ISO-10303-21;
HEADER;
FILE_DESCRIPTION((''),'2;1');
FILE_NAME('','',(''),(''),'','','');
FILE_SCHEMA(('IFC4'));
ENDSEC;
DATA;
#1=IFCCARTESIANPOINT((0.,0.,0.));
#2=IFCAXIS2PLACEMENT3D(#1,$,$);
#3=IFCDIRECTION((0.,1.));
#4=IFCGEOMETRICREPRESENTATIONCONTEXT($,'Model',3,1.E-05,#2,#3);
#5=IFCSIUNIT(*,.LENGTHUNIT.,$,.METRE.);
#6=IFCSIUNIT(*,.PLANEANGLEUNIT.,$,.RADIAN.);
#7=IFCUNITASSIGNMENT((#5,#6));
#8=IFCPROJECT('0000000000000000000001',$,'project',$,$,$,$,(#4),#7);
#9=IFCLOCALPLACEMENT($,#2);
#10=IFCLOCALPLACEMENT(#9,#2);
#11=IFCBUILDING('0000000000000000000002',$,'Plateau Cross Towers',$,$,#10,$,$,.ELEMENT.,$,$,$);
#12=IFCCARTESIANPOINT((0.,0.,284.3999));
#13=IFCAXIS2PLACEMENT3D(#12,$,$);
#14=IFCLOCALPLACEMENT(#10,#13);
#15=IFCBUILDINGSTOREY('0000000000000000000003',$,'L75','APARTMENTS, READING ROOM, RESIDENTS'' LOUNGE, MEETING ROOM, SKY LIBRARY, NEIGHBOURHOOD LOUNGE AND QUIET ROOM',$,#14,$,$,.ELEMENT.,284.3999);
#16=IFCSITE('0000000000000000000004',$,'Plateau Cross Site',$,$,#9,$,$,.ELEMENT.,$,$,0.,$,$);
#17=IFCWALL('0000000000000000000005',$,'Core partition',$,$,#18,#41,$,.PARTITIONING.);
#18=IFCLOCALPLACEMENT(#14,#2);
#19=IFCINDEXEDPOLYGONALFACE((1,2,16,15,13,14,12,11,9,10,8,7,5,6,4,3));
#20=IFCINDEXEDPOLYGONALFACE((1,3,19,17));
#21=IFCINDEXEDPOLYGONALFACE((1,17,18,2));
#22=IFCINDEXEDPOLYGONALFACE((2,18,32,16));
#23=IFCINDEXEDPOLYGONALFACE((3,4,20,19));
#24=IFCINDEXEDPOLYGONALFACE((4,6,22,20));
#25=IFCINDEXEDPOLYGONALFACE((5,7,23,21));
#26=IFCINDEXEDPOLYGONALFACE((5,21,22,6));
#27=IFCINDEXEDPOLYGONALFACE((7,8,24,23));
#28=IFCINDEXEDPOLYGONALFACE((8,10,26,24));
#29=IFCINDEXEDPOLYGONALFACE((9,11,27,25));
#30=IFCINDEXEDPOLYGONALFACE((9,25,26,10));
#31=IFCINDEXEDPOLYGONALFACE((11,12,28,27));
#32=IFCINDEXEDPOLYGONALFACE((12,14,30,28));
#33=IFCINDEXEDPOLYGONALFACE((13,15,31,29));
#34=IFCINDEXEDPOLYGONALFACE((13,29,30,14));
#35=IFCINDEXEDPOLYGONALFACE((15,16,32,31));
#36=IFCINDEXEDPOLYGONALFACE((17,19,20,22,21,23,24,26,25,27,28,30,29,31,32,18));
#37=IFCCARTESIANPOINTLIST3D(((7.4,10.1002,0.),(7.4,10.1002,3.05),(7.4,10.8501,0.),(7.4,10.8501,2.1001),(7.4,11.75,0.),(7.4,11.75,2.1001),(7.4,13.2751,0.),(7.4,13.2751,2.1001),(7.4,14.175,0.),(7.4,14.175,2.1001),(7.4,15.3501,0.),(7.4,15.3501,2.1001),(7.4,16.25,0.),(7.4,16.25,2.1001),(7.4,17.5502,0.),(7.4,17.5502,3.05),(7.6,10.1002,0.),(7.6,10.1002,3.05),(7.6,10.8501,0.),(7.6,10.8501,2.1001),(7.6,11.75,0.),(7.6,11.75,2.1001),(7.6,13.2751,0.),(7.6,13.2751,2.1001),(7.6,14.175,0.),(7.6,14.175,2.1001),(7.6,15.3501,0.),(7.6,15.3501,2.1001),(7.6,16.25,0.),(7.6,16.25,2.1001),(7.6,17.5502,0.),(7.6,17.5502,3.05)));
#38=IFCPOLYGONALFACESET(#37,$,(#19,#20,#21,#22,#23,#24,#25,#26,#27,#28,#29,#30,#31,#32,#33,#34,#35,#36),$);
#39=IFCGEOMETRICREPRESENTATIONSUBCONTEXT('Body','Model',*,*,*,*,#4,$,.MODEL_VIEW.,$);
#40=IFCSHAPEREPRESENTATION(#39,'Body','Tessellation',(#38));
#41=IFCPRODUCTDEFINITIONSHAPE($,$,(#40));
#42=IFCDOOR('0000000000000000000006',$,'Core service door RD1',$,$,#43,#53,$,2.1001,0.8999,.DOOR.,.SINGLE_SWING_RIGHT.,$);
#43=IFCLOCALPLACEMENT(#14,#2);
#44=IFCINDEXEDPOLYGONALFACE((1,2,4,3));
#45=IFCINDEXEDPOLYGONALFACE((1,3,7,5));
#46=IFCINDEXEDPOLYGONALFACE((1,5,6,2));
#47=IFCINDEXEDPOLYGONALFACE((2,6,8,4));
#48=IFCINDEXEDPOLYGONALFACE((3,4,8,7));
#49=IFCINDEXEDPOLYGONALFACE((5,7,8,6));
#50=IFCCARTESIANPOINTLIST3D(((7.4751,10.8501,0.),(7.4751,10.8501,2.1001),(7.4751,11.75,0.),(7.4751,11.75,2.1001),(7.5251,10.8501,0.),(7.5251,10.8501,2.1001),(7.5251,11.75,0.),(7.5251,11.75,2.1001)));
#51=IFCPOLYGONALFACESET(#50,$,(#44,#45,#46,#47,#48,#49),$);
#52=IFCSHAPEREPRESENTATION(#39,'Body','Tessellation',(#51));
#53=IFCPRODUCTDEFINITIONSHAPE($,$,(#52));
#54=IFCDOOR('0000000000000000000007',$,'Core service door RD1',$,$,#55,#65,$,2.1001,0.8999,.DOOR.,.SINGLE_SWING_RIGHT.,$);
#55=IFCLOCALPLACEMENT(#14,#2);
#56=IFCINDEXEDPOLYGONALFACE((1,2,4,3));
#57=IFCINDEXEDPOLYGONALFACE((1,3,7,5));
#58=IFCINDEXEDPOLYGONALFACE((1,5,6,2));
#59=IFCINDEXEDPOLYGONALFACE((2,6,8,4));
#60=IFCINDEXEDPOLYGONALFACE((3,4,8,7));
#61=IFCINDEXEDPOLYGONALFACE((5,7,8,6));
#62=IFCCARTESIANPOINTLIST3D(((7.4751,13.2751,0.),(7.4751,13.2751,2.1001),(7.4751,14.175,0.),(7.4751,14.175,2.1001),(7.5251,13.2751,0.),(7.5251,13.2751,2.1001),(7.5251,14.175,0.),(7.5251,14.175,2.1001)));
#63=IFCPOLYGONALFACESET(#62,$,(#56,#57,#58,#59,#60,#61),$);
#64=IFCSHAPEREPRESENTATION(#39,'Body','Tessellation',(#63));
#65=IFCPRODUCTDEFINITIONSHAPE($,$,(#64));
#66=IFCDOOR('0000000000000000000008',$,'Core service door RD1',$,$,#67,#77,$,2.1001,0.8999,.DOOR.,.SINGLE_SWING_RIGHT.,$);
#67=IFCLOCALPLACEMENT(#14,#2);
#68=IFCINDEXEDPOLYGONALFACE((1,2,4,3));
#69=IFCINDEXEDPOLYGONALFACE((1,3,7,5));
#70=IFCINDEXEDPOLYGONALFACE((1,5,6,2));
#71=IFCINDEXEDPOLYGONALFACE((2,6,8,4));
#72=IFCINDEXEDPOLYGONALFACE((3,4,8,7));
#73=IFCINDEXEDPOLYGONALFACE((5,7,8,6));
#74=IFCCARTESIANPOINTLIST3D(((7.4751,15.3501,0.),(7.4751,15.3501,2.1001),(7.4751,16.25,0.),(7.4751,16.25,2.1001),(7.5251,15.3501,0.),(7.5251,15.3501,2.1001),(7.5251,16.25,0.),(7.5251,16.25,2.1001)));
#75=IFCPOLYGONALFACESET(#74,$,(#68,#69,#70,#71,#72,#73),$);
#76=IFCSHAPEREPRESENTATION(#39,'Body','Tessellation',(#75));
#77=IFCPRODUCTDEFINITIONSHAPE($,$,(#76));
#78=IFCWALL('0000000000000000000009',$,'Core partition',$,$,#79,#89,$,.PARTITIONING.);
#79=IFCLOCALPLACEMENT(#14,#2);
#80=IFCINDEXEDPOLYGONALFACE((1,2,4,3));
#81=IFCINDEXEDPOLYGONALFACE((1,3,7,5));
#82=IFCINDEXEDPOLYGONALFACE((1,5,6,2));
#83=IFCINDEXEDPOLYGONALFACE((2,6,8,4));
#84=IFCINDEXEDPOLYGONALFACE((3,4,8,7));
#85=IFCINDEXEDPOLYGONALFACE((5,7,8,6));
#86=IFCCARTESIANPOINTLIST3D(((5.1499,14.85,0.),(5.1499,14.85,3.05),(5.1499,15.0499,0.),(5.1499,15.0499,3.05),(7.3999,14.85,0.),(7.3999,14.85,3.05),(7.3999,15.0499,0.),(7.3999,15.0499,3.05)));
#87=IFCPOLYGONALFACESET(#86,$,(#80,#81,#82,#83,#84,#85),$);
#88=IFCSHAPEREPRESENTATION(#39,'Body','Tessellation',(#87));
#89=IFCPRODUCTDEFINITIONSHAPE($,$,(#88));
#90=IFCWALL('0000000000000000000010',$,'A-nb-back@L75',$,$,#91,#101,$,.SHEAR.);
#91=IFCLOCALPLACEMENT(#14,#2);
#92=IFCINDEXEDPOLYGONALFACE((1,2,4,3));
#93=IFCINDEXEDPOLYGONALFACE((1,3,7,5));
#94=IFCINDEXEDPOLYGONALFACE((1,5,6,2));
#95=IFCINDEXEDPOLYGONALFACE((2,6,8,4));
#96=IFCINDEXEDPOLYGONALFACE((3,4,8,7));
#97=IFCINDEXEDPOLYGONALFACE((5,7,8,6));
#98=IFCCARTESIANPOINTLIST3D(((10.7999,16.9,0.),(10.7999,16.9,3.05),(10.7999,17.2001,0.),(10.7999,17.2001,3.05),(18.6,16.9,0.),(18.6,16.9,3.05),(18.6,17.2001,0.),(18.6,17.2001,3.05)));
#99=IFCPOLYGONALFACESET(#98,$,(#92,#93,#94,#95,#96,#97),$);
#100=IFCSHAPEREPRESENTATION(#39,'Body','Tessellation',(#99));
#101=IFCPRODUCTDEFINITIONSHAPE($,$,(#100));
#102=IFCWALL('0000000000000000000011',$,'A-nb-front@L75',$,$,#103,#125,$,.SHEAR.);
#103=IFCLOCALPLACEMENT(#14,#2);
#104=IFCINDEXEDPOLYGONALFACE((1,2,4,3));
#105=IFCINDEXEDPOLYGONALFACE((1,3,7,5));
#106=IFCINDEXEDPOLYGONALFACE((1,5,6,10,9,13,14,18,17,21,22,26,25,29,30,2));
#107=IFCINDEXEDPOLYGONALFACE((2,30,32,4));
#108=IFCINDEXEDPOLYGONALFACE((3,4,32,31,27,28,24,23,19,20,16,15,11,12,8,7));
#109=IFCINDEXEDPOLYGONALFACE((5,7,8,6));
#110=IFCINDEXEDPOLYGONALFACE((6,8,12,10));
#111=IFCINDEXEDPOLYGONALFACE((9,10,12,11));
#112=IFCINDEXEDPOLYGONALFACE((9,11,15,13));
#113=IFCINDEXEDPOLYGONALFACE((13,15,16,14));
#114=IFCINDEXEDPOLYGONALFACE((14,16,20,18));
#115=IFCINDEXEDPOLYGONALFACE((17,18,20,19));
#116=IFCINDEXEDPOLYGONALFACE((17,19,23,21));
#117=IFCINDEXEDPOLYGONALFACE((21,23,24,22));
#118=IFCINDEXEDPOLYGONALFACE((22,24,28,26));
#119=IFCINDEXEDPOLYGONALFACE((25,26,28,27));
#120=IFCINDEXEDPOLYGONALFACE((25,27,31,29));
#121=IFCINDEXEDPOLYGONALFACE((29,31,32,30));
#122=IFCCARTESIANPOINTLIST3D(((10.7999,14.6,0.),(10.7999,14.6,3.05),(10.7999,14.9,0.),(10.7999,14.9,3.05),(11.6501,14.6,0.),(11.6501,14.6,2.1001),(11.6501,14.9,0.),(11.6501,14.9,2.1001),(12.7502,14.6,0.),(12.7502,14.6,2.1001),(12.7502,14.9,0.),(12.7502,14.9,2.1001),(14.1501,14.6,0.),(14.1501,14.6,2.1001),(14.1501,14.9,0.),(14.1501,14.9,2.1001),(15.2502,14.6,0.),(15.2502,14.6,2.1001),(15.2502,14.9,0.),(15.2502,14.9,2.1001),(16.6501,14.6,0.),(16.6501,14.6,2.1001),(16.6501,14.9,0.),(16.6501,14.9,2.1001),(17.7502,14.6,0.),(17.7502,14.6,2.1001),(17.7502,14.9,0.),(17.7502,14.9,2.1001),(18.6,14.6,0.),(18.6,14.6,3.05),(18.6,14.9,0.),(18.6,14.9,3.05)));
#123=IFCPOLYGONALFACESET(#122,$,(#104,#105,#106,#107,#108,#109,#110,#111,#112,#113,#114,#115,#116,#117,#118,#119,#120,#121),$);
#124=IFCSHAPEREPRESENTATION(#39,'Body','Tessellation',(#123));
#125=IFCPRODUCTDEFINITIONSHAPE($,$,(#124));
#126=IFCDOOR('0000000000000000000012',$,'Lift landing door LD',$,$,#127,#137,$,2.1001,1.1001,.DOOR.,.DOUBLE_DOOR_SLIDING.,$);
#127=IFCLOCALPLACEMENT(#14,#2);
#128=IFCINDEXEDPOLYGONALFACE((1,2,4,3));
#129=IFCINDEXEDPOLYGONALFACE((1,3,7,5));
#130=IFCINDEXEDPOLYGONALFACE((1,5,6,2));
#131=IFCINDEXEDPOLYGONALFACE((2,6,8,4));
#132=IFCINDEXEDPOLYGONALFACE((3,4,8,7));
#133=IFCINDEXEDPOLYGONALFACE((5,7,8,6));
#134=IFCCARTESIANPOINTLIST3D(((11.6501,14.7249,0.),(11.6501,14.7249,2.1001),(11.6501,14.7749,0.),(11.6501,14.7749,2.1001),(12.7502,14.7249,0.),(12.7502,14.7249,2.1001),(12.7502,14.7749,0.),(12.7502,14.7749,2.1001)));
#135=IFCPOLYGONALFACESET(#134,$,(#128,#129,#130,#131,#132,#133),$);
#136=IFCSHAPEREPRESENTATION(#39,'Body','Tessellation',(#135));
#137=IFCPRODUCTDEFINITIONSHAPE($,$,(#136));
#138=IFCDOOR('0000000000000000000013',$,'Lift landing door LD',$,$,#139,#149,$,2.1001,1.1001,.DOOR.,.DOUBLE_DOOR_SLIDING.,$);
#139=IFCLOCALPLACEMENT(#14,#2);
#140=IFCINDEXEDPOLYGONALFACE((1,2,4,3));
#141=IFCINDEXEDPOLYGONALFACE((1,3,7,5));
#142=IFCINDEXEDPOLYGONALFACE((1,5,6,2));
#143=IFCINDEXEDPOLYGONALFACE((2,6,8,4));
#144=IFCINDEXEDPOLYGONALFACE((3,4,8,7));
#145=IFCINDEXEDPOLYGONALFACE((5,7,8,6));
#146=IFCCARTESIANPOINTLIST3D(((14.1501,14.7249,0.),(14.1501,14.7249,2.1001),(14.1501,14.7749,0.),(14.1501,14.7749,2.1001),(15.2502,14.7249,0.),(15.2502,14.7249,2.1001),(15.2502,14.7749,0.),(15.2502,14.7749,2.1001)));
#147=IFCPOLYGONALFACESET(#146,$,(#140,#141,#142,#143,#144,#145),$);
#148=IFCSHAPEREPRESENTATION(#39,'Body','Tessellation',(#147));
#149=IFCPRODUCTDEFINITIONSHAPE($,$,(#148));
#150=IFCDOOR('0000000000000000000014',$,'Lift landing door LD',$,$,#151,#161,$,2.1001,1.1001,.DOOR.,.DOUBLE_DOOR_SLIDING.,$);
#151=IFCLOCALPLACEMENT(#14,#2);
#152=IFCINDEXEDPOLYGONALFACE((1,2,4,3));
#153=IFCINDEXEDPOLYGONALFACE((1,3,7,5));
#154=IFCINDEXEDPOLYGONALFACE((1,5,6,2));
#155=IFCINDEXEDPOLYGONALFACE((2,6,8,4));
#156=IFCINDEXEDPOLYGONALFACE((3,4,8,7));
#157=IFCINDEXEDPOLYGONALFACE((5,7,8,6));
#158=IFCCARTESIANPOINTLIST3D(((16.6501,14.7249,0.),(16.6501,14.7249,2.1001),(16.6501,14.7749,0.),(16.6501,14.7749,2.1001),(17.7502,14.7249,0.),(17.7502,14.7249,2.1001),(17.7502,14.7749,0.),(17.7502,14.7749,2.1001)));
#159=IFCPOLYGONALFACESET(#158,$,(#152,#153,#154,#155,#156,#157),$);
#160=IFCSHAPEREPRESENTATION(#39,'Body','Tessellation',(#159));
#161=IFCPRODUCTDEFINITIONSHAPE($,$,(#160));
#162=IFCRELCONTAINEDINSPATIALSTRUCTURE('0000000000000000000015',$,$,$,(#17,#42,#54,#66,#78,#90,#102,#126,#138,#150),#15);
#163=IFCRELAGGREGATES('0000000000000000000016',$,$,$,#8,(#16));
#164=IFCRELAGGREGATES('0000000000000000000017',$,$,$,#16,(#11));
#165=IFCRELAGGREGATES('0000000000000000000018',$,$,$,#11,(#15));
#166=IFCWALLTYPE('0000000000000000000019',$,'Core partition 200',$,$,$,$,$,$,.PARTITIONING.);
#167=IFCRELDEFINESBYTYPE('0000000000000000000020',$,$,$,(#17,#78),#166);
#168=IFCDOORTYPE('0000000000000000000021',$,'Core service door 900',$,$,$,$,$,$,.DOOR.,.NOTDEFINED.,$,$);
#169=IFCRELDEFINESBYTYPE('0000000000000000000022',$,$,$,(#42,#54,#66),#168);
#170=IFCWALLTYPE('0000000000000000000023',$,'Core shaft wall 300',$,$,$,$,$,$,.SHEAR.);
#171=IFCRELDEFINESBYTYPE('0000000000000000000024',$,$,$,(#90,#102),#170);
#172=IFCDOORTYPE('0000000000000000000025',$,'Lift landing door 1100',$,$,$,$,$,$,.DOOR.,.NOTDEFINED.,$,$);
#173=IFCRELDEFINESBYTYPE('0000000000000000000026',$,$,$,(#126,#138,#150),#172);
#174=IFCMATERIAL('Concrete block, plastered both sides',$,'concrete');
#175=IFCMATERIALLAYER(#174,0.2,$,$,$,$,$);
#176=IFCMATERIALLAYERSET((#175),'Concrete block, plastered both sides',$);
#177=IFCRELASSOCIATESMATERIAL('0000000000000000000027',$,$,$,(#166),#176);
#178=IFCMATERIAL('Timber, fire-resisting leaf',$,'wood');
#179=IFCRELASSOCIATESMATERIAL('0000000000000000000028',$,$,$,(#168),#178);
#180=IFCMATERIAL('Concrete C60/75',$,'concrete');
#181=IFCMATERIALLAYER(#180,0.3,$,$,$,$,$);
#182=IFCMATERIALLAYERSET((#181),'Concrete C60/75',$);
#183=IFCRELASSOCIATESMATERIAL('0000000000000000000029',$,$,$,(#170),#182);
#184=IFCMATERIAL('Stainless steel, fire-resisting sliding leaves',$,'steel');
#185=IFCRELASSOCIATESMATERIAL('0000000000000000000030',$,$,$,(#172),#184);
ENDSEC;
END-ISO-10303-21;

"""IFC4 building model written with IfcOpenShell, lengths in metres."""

from ifc_helpers import new_model, si_unit, direction, frame, frame_2d, origin, place, context, subcontext, project, spatial, rectangle, extrude, material, layer, layer_set, type_object, element, fill, save


model = new_model("IFC4")

# Units and contexts
model_context = context("Model", 3, precision=1e-05, world=origin(), true_north=direction((0.0, 1.0)))
body_context = subcontext(model_context, "Body", "Model", "MODEL_VIEW")
ifc_project = project(units=[si_unit("LENGTHUNIT", "METRE"), si_unit("PLANEANGLEUNIT", "RADIAN")], contexts=[model_context])

# Site, building, storey
site_placement = place(None, origin())
site = spatial("IfcSite", under=ifc_project, at=site_placement, Name="Plateau Cross Site", CompositionType="ELEMENT", RefElevation=0.0)
building_placement = place(site_placement, origin())
building = spatial("IfcBuilding", under=site, at=building_placement, Name="Plateau Cross Towers", CompositionType="ELEMENT")
storey_placement = place(building_placement, frame((0.0, 0.0, 284.3999)))
storey = spatial("IfcBuildingStorey", under=building, at=storey_placement, Name="L75", Description="APARTMENTS, READING ROOM, RESIDENTS' LOUNGE, MEETING ROOM, SKY LIBRARY, NEIGHBOURHOOD LOUNGE AND QUIET ROOM", CompositionType="ELEMENT", Elevation=284.3999)

# Shared definitions
ifc_material_1 = material(Name="Concrete block, plastered both sides", Category="concrete")
ifc_layer_1 = layer(ifc_material_1, 0.2)
ifc_layer_set_1 = layer_set([ifc_layer_1], Name="Concrete block, plastered both sides")
wall_type_1 = type_object("IfcWallType", Name="Core partition 200", PredefinedType="PARTITIONING", material=ifc_layer_set_1)

# Shared definitions
ifc_material_2 = material(Name="Timber, fire-resisting leaf", Category="wood")
door_type_1 = type_object("IfcDoorType", Name="Core service door 900", OperationType="NOTDEFINED", PredefinedType="DOOR", material=ifc_material_2)

# Wall, openings, doors
wall_1_placement = place(storey_placement, frame((7.5, 10.1001, 0.0), z_axis=(0.0, 0.0, 1.0), x_axis=(0.0, 1.0, 0.0)))
wall_1 = element("IfcWall", 1, at=wall_1_placement, inside=storey, type_object=wall_type_1, Name="Core partition", PredefinedType="PARTITIONING", context=body_context, shape_type="SweptSolid", body=[
    extrude(rectangle(XDim=7.45, YDim=0.2, at=frame_2d((3.7251, 0.0))), origin(), (0.0, 0.0, 1.0), 3.05),
])
opening_1_placement = place(wall_1_placement, frame((0.75, 0.0, 0.0)))
opening_1 = element("IfcOpeningElement", 2, at=opening_1_placement, cuts=wall_1, PredefinedType="OPENING", context=body_context, shape_type="SweptSolid", body=[
    extrude(rectangle(XDim=0.8999, YDim=2.1001, at=frame_2d((0.45, 1.05))), frame((0.0, 0.1099, 0.0), z_axis=(0.0, -1.0, 0.0), x_axis=(1.0, 0.0, 0.0)), (0.0, 0.0, 1.0), 0.22),
])
opening_2_placement = place(wall_1_placement, frame((3.175, 0.0, 0.0)))
opening_2 = element("IfcOpeningElement", 3, at=opening_2_placement, cuts=wall_1, PredefinedType="OPENING", context=body_context, shape_type="SweptSolid", body=[
    extrude(rectangle(XDim=0.8999, YDim=2.1001, at=frame_2d((0.45, 1.05))), frame((0.0, 0.1099, 0.0), z_axis=(0.0, -1.0, 0.0), x_axis=(1.0, 0.0, 0.0)), (0.0, 0.0, 1.0), 0.22),
])
opening_3_placement = place(wall_1_placement, frame((5.25, 0.0, 0.0)))
opening_3 = element("IfcOpeningElement", 4, at=opening_3_placement, cuts=wall_1, PredefinedType="OPENING", context=body_context, shape_type="SweptSolid", body=[
    extrude(rectangle(XDim=0.8999, YDim=2.1001, at=frame_2d((0.45, 1.05))), frame((0.0, 0.1099, 0.0), z_axis=(0.0, -1.0, 0.0), x_axis=(1.0, 0.0, 0.0)), (0.0, 0.0, 1.0), 0.22),
])
door_1_placement = place(opening_1_placement, origin())
door_1 = element("IfcDoor", 5, at=door_1_placement, inside=storey, type_object=door_type_1, Name="Core service door RD1", OperationType="SINGLE_SWING_RIGHT", OverallHeight=2.1001, OverallWidth=0.8999, PredefinedType="DOOR", context=body_context, shape_type="SweptSolid", body=[
    extrude(rectangle(XDim=0.8999, YDim=2.1001, at=frame_2d((0.45, 1.05))), frame((0.0, 0.0249, 0.0), z_axis=(0.0, -1.0, 0.0), x_axis=(1.0, 0.0, 0.0)), (0.0, 0.0, 1.0), 0.05),
])
fill(opening_1, door_1)
door_2_placement = place(opening_2_placement, origin())
door_2 = element("IfcDoor", 6, at=door_2_placement, inside=storey, type_object=door_type_1, Name="Core service door RD1", OperationType="SINGLE_SWING_RIGHT", OverallHeight=2.1001, OverallWidth=0.8999, PredefinedType="DOOR", context=body_context, shape_type="SweptSolid", body=[
    extrude(rectangle(XDim=0.8999, YDim=2.1001, at=frame_2d((0.45, 1.05))), frame((0.0, 0.0249, 0.0), z_axis=(0.0, -1.0, 0.0), x_axis=(1.0, 0.0, 0.0)), (0.0, 0.0, 1.0), 0.05),
])
fill(opening_2, door_2)
door_3_placement = place(opening_3_placement, origin())
door_3 = element("IfcDoor", 7, at=door_3_placement, inside=storey, type_object=door_type_1, Name="Core service door RD1", OperationType="SINGLE_SWING_RIGHT", OverallHeight=2.1001, OverallWidth=0.8999, PredefinedType="DOOR", context=body_context, shape_type="SweptSolid", body=[
    extrude(rectangle(XDim=0.8999, YDim=2.1001, at=frame_2d((0.45, 1.05))), frame((0.0, 0.0249, 0.0), z_axis=(0.0, -1.0, 0.0), x_axis=(1.0, 0.0, 0.0)), (0.0, 0.0, 1.0), 0.05),
])
fill(opening_3, door_3)

# Walls
wall_2_placement = place(storey_placement, frame((5.1499, 14.95, 0.0), z_axis=(0.0, 0.0, 1.0), x_axis=(1.0, 0.0, 0.0)))
element("IfcWall", 8, at=wall_2_placement, inside=storey, type_object=wall_type_1, Name="Core partition", PredefinedType="PARTITIONING", context=body_context, shape_type="SweptSolid", body=[
    extrude(rectangle(XDim=2.25, YDim=0.2, at=frame_2d((1.125, 0.0))), origin(), (0.0, 0.0, 1.0), 3.05),
])
ifc_material_3 = material(Name="Concrete C60/75", Category="concrete")
ifc_layer_2 = layer(ifc_material_3, 0.3)
ifc_layer_set_2 = layer_set([ifc_layer_2], Name="Concrete C60/75")
wall_type_2 = type_object("IfcWallType", Name="Core shaft wall 300", PredefinedType="SHEAR", material=ifc_layer_set_2)
wall_3_placement = place(storey_placement, frame((10.8, 17.05, 0.0), z_axis=(0.0, 0.0, 1.0), x_axis=(1.0, 0.0, 0.0)))
element("IfcWall", 9, at=wall_3_placement, inside=storey, type_object=wall_type_2, Name="A-nb-back@L75", PredefinedType="SHEAR", context=body_context, shape_type="SweptSolid", body=[
    extrude(rectangle(XDim=7.8, YDim=0.3, at=frame_2d((3.8999, 0.0))), origin(), (0.0, 0.0, 1.0), 3.05),
])

# Wall, openings, doors
wall_4_placement = place(storey_placement, frame((10.8, 14.75, 0.0), z_axis=(0.0, 0.0, 1.0), x_axis=(1.0, 0.0, 0.0)))
wall_4 = element("IfcWall", 10, at=wall_4_placement, inside=storey, type_object=wall_type_2, Name="A-nb-front@L75", PredefinedType="SHEAR", context=body_context, shape_type="SweptSolid", body=[
    extrude(rectangle(XDim=7.8, YDim=0.3, at=frame_2d((3.8999, 0.0))), origin(), (0.0, 0.0, 1.0), 3.05),
])
opening_4_placement = place(wall_4_placement, frame((0.8501, 0.0, 0.0)))
opening_4 = element("IfcOpeningElement", 11, at=opening_4_placement, cuts=wall_4, PredefinedType="OPENING", context=body_context, shape_type="SweptSolid", body=[
    extrude(rectangle(XDim=1.1001, YDim=2.1001, at=frame_2d((0.55, 1.05))), frame((0.0, 0.1599, 0.0), z_axis=(0.0, -1.0, 0.0), x_axis=(1.0, 0.0, 0.0)), (0.0, 0.0, 1.0), 0.3201),
])
opening_5_placement = place(wall_4_placement, frame((3.3501, 0.0, 0.0)))
opening_5 = element("IfcOpeningElement", 12, at=opening_5_placement, cuts=wall_4, PredefinedType="OPENING", context=body_context, shape_type="SweptSolid", body=[
    extrude(rectangle(XDim=1.1001, YDim=2.1001, at=frame_2d((0.55, 1.05))), frame((0.0, 0.1599, 0.0), z_axis=(0.0, -1.0, 0.0), x_axis=(1.0, 0.0, 0.0)), (0.0, 0.0, 1.0), 0.3201),
])
opening_6_placement = place(wall_4_placement, frame((5.8501, 0.0, 0.0)))
opening_6 = element("IfcOpeningElement", 13, at=opening_6_placement, cuts=wall_4, PredefinedType="OPENING", context=body_context, shape_type="SweptSolid", body=[
    extrude(rectangle(XDim=1.1001, YDim=2.1001, at=frame_2d((0.55, 1.05))), frame((0.0, 0.1599, 0.0), z_axis=(0.0, -1.0, 0.0), x_axis=(1.0, 0.0, 0.0)), (0.0, 0.0, 1.0), 0.3201),
])
ifc_material_4 = material(Name="Stainless steel, fire-resisting sliding leaves", Category="steel")
door_type_2 = type_object("IfcDoorType", Name="Lift landing door 1100", OperationType="NOTDEFINED", PredefinedType="DOOR", material=ifc_material_4)
door_4_placement = place(opening_4_placement, origin())
door_4 = element("IfcDoor", 14, at=door_4_placement, inside=storey, type_object=door_type_2, Name="Lift landing door LD", OperationType="DOUBLE_DOOR_SLIDING", OverallHeight=2.1001, OverallWidth=1.1001, PredefinedType="DOOR", context=body_context, shape_type="SweptSolid", body=[
    extrude(rectangle(XDim=1.1001, YDim=2.1001, at=frame_2d((0.55, 1.05))), frame((0.0, 0.0249, 0.0), z_axis=(0.0, -1.0, 0.0), x_axis=(1.0, 0.0, 0.0)), (0.0, 0.0, 1.0), 0.05),
])
fill(opening_4, door_4)
door_5_placement = place(opening_5_placement, origin())
door_5 = element("IfcDoor", 15, at=door_5_placement, inside=storey, type_object=door_type_2, Name="Lift landing door LD", OperationType="DOUBLE_DOOR_SLIDING", OverallHeight=2.1001, OverallWidth=1.1001, PredefinedType="DOOR", context=body_context, shape_type="SweptSolid", body=[
    extrude(rectangle(XDim=1.1001, YDim=2.1001, at=frame_2d((0.55, 1.05))), frame((0.0, 0.0249, 0.0), z_axis=(0.0, -1.0, 0.0), x_axis=(1.0, 0.0, 0.0)), (0.0, 0.0, 1.0), 0.05),
])
fill(opening_5, door_5)
door_6_placement = place(opening_6_placement, origin())
door_6 = element("IfcDoor", 16, at=door_6_placement, inside=storey, type_object=door_type_2, Name="Lift landing door LD", OperationType="DOUBLE_DOOR_SLIDING", OverallHeight=2.1001, OverallWidth=1.1001, PredefinedType="DOOR", context=body_context, shape_type="SweptSolid", body=[
    extrude(rectangle(XDim=1.1001, YDim=2.1001, at=frame_2d((0.55, 1.05))), frame((0.0, 0.0249, 0.0), z_axis=(0.0, -1.0, 0.0), x_axis=(1.0, 0.0, 0.0)), (0.0, 0.0, 1.0), 0.05),
])
fill(opening_6, door_6)

save(model, "model.ifc")
